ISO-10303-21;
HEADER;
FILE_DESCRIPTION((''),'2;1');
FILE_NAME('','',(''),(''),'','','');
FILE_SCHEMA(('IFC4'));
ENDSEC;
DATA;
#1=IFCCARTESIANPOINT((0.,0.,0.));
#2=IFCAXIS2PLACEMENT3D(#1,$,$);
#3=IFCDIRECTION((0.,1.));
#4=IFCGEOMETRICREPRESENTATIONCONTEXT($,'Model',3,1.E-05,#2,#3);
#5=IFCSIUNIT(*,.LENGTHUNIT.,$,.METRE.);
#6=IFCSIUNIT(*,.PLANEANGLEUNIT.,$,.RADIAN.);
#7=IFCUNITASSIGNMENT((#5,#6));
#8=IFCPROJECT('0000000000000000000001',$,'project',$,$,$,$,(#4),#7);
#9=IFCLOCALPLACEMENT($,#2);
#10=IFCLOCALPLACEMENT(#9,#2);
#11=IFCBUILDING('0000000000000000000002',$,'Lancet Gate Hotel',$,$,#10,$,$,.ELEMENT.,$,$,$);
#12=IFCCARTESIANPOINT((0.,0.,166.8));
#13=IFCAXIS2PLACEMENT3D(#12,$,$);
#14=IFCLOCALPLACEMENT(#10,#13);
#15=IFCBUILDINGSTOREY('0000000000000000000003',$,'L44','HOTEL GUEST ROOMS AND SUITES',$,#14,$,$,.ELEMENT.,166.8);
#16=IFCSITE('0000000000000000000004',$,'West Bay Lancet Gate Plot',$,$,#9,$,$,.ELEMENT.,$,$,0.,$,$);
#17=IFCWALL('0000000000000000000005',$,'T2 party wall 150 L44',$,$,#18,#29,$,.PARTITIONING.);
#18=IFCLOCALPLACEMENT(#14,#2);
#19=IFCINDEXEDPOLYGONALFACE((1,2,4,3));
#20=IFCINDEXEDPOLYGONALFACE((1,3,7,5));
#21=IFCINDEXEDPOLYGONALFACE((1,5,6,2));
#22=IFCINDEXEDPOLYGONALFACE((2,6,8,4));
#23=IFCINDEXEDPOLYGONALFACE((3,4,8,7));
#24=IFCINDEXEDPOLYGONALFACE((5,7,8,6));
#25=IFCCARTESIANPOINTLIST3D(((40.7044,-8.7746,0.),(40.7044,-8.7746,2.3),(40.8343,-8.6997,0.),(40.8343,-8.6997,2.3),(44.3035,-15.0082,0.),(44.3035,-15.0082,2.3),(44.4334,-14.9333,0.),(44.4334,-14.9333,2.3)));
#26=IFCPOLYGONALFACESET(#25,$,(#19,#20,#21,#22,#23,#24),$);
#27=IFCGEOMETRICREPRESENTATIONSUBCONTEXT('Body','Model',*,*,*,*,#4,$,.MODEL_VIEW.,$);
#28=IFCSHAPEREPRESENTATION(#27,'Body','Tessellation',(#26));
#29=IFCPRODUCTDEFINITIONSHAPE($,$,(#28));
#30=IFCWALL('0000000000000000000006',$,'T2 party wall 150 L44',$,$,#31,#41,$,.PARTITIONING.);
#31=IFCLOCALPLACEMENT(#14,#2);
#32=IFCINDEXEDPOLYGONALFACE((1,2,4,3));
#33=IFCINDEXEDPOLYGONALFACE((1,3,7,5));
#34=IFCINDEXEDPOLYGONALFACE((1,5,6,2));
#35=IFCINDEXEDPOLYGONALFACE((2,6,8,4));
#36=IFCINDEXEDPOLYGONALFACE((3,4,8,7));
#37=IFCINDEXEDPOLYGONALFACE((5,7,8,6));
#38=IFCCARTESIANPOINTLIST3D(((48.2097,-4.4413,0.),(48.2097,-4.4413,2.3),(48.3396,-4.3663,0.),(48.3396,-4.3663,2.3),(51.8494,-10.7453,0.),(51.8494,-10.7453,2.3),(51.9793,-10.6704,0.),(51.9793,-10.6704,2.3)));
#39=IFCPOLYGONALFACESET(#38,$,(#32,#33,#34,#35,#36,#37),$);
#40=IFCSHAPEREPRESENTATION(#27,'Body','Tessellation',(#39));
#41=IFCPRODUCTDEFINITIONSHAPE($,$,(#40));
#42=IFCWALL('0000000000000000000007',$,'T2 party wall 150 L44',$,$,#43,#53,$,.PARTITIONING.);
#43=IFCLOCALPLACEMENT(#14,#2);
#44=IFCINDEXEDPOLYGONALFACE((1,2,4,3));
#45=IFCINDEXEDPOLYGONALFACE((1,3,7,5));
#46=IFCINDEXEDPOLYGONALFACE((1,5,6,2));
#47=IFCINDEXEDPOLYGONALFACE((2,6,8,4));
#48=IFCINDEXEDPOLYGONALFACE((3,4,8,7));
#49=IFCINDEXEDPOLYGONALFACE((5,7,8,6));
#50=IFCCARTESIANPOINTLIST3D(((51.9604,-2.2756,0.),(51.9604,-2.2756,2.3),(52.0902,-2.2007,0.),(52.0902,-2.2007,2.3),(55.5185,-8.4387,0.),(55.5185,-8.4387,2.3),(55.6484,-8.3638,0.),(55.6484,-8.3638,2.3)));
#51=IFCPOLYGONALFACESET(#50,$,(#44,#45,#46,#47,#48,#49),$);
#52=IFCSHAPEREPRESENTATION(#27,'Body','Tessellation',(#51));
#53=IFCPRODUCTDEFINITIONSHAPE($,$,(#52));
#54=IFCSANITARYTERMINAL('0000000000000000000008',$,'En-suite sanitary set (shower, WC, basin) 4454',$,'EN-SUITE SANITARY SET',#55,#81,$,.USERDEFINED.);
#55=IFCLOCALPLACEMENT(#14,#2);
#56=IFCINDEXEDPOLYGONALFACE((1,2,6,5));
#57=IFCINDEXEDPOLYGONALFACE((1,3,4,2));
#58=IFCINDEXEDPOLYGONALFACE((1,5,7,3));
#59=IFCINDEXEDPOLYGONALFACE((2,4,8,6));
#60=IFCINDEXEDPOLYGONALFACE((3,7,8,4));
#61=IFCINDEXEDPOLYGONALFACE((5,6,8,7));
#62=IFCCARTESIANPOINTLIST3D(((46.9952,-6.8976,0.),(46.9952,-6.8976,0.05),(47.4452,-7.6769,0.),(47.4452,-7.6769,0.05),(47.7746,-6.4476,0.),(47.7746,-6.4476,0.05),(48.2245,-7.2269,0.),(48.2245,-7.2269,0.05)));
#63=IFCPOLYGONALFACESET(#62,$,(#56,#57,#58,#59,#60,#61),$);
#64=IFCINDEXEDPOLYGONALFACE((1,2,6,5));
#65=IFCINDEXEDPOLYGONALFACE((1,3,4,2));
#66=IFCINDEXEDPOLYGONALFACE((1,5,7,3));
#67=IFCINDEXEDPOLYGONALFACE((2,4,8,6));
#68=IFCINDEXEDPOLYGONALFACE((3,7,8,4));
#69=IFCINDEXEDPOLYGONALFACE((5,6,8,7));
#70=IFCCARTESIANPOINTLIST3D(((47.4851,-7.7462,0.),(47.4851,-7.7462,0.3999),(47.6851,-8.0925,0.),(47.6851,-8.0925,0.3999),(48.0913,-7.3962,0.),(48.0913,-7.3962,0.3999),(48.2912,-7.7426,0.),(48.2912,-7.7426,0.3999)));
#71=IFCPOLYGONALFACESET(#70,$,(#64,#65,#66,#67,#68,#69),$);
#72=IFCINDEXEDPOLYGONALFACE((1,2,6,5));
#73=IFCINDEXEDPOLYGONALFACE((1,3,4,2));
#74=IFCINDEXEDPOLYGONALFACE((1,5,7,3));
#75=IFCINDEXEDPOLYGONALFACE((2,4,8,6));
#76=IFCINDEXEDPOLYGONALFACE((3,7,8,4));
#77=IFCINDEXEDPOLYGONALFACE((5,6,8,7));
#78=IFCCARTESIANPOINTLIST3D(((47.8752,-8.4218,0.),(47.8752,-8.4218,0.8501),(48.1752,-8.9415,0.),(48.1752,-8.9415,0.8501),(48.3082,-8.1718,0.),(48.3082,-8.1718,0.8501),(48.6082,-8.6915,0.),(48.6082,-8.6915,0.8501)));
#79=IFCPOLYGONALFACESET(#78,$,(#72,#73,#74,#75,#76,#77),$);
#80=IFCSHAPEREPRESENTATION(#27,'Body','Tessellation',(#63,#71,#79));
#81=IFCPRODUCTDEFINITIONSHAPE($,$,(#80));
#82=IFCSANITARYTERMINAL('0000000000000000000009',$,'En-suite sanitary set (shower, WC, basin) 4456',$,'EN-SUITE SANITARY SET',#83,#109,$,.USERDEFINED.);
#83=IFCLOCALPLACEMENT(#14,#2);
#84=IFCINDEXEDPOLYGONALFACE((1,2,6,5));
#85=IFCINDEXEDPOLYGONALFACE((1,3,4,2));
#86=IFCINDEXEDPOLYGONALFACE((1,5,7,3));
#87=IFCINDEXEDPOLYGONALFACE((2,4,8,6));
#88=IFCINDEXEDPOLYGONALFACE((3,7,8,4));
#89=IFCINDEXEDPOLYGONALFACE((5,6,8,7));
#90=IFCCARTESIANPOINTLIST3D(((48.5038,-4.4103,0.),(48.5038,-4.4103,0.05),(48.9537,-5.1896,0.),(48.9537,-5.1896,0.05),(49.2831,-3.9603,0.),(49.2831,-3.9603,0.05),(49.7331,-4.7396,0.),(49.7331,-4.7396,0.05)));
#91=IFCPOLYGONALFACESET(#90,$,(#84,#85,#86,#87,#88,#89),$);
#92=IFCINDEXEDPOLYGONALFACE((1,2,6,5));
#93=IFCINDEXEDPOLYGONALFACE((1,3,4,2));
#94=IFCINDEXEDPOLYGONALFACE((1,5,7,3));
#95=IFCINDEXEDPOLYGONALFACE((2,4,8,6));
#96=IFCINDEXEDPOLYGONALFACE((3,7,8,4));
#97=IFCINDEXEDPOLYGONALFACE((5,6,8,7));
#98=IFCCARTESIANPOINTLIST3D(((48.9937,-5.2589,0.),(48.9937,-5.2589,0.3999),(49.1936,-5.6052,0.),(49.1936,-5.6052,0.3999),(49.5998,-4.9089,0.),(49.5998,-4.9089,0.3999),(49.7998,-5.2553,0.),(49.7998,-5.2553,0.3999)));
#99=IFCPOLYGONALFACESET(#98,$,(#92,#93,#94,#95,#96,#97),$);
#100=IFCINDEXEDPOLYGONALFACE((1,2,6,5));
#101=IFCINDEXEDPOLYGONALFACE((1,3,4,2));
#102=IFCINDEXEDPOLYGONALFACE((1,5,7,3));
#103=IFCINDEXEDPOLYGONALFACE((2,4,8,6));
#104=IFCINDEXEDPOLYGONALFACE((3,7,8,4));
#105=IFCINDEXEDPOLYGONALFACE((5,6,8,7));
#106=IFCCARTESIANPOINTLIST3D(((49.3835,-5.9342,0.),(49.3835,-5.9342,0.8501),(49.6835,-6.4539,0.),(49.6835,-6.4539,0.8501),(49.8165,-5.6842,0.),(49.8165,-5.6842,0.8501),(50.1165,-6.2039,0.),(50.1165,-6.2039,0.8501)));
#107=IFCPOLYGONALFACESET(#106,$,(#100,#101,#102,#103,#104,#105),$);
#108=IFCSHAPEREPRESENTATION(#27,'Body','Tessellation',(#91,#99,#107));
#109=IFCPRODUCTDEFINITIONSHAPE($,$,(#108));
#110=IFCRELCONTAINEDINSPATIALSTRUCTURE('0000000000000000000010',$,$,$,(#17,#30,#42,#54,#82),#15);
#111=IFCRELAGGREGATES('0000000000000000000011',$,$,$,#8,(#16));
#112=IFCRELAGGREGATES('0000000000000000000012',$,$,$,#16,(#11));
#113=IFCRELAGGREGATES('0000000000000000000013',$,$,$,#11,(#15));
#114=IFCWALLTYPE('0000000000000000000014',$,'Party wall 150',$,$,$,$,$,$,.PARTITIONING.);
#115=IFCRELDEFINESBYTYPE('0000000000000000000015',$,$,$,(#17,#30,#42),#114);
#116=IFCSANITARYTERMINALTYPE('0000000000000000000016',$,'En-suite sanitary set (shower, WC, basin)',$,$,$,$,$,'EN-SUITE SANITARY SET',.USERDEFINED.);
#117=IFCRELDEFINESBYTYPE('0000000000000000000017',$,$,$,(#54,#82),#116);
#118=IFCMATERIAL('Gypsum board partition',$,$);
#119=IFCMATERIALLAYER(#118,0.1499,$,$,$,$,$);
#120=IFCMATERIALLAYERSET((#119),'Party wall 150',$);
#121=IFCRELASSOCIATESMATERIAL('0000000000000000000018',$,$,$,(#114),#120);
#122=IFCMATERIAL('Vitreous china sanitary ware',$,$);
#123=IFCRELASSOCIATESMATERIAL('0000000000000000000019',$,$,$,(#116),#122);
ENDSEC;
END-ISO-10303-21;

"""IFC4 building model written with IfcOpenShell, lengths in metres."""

from ifc_helpers import new_model, si_unit, direction, frame, frame_2d, origin, origin_2d, place, context, subcontext, project, spatial, rectangle, extrude, material, layer, layer_set, type_object, element, save


model = new_model("IFC4")

# Units and contexts
model_context = context("Model", 3, precision=1e-05, world=origin(), true_north=direction((0.0, 1.0)))
body_context = subcontext(model_context, "Body", "Model", "MODEL_VIEW")
ifc_project = project(units=[si_unit("LENGTHUNIT", "METRE"), si_unit("PLANEANGLEUNIT", "RADIAN")], contexts=[model_context])

# Site, building, storey
site_placement = place(None, origin())
site = spatial("IfcSite", under=ifc_project, at=site_placement, Name="West Bay Lancet Gate Plot", CompositionType="ELEMENT", RefElevation=0.0)
building_placement = place(site_placement, origin())
building = spatial("IfcBuilding", under=site, at=building_placement, Name="Lancet Gate Hotel", CompositionType="ELEMENT")
storey_placement = place(building_placement, frame((0.0, 0.0, 166.8)))
storey = spatial("IfcBuildingStorey", under=building, at=storey_placement, Name="L44", Description="HOTEL GUEST ROOMS AND SUITES", CompositionType="ELEMENT", Elevation=166.8)

# Walls
ifc_material_1 = material(Name="Gypsum board partition")
ifc_layer_1 = layer(ifc_material_1, 0.1499)
ifc_layer_set_1 = layer_set([ifc_layer_1], Name="Party wall 150")
wall_type_1 = type_object("IfcWallType", Name="Party wall 150", PredefinedType="PARTITIONING", material=ifc_layer_set_1)
wall_1_placement = place(storey_placement, frame((40.7693, -8.7371, 0.0), z_axis=(0.0, 0.0, 1.0), x_axis=(0.500013, -0.866018, 0.0)))
element("IfcWall", 1, at=wall_1_placement, inside=storey, type_object=wall_type_1, Name="T2 party wall 150 L44", PredefinedType="PARTITIONING", context=body_context, shape_type="SweptSolid", body=[
    extrude(rectangle(XDim=7.198, YDim=0.1499, at=frame_2d((3.5991, 0.0))), origin(), (0.0, 0.0, 1.0), 2.3),
])
wall_2_placement = place(storey_placement, frame((48.2747, -4.4038, 0.0), z_axis=(0.0, 0.0, 1.0), x_axis=(0.500006, -0.866022, 0.0)))
element("IfcWall", 2, at=wall_2_placement, inside=storey, type_object=wall_type_1, Name="T2 party wall 150 L44", PredefinedType="PARTITIONING", context=body_context, shape_type="SweptSolid", body=[
    extrude(rectangle(XDim=7.2793, YDim=0.1499, at=frame_2d((3.6396, 0.0))), origin(), (0.0, 0.0, 1.0), 2.3),
])
wall_3_placement = place(storey_placement, frame((52.0254, -2.2383, 0.0), z_axis=(0.0, 0.0, 1.0), x_axis=(0.499984, -0.866035, 0.0)))
element("IfcWall", 3, at=wall_3_placement, inside=storey, type_object=wall_type_1, Name="T2 party wall 150 L44", PredefinedType="PARTITIONING", context=body_context, shape_type="SweptSolid", body=[
    extrude(rectangle(XDim=7.1165, YDim=0.1499, at=frame_2d((3.5581, 0.0))), origin(), (0.0, 0.0, 1.0), 2.3),
])

# Sanitary terminals
ifc_material_2 = material(Name="Vitreous china sanitary ware")
sanitary_terminal_type = type_object("IfcSanitaryTerminalType", Name="En-suite sanitary set (shower, WC, basin)", ElementType="EN-SUITE SANITARY SET", PredefinedType="USERDEFINED", material=ifc_material_2)
sanitary_terminal_1_placement = place(storey_placement, frame((47.6099, -7.0623, 0.0), z_axis=(0.0, 0.0, 1.0), x_axis=(1.0, 0.0, 0.0)))
element("IfcSanitaryTerminal", 4, at=sanitary_terminal_1_placement, inside=storey, type_object=sanitary_terminal_type, Name="En-suite sanitary set (shower, WC, basin) 4454", ObjectType="EN-SUITE SANITARY SET", PredefinedType="USERDEFINED", context=body_context, shape_type="SweptSolid", body=[
    extrude(rectangle(XDim=0.8999, YDim=0.8999, at=origin_2d()), frame((0.0, 0.0, 0.0), z_axis=(0.0, 0.0, 1.0), x_axis=(-0.5, 0.866025, 0.0)), (0.0, 0.0, 1.0), 0.05),
    extrude(rectangle(XDim=0.3999, YDim=0.7, at=origin_2d()), frame((0.2783, -0.6821, 0.0), z_axis=(0.0, 0.0, 1.0), x_axis=(-0.5, 0.866025, 0.0)), (0.0, 0.0, 1.0), 0.3999),
    extrude(rectangle(XDim=0.6001, YDim=0.5, at=origin_2d()), frame((0.6318, -1.4944, 0.0), z_axis=(0.0, 0.0, 1.0), x_axis=(-0.5, 0.866025, 0.0)), (0.0, 0.0, 1.0), 0.8501),
])
sanitary_terminal_2_placement = place(storey_placement, frame((49.1184, -4.575, 0.0), z_axis=(0.0, 0.0, 1.0), x_axis=(1.0, 0.0, 0.0)))
element("IfcSanitaryTerminal", 5, at=sanitary_terminal_2_placement, inside=storey, type_object=sanitary_terminal_type, Name="En-suite sanitary set (shower, WC, basin) 4456", ObjectType="EN-SUITE SANITARY SET", PredefinedType="USERDEFINED", context=body_context, shape_type="SweptSolid", body=[
    extrude(rectangle(XDim=0.8999, YDim=0.8999, at=origin_2d()), frame((0.0, 0.0, 0.0), z_axis=(0.0, 0.0, 1.0), x_axis=(-0.5, 0.866025, 0.0)), (0.0, 0.0, 1.0), 0.05),
    extrude(rectangle(XDim=0.3999, YDim=0.7, at=origin_2d()), frame((0.2783, -0.6821, 0.0), z_axis=(0.0, 0.0, 1.0), x_axis=(-0.5, 0.866025, 0.0)), (0.0, 0.0, 1.0), 0.3999),
    extrude(rectangle(XDim=0.6001, YDim=0.5, at=origin_2d()), frame((0.6316, -1.4941, 0.0), z_axis=(0.0, 0.0, 1.0), x_axis=(-0.5, 0.866025, 0.0)), (0.0, 0.0, 1.0), 0.8501),
])

save(model, "model.ifc")
